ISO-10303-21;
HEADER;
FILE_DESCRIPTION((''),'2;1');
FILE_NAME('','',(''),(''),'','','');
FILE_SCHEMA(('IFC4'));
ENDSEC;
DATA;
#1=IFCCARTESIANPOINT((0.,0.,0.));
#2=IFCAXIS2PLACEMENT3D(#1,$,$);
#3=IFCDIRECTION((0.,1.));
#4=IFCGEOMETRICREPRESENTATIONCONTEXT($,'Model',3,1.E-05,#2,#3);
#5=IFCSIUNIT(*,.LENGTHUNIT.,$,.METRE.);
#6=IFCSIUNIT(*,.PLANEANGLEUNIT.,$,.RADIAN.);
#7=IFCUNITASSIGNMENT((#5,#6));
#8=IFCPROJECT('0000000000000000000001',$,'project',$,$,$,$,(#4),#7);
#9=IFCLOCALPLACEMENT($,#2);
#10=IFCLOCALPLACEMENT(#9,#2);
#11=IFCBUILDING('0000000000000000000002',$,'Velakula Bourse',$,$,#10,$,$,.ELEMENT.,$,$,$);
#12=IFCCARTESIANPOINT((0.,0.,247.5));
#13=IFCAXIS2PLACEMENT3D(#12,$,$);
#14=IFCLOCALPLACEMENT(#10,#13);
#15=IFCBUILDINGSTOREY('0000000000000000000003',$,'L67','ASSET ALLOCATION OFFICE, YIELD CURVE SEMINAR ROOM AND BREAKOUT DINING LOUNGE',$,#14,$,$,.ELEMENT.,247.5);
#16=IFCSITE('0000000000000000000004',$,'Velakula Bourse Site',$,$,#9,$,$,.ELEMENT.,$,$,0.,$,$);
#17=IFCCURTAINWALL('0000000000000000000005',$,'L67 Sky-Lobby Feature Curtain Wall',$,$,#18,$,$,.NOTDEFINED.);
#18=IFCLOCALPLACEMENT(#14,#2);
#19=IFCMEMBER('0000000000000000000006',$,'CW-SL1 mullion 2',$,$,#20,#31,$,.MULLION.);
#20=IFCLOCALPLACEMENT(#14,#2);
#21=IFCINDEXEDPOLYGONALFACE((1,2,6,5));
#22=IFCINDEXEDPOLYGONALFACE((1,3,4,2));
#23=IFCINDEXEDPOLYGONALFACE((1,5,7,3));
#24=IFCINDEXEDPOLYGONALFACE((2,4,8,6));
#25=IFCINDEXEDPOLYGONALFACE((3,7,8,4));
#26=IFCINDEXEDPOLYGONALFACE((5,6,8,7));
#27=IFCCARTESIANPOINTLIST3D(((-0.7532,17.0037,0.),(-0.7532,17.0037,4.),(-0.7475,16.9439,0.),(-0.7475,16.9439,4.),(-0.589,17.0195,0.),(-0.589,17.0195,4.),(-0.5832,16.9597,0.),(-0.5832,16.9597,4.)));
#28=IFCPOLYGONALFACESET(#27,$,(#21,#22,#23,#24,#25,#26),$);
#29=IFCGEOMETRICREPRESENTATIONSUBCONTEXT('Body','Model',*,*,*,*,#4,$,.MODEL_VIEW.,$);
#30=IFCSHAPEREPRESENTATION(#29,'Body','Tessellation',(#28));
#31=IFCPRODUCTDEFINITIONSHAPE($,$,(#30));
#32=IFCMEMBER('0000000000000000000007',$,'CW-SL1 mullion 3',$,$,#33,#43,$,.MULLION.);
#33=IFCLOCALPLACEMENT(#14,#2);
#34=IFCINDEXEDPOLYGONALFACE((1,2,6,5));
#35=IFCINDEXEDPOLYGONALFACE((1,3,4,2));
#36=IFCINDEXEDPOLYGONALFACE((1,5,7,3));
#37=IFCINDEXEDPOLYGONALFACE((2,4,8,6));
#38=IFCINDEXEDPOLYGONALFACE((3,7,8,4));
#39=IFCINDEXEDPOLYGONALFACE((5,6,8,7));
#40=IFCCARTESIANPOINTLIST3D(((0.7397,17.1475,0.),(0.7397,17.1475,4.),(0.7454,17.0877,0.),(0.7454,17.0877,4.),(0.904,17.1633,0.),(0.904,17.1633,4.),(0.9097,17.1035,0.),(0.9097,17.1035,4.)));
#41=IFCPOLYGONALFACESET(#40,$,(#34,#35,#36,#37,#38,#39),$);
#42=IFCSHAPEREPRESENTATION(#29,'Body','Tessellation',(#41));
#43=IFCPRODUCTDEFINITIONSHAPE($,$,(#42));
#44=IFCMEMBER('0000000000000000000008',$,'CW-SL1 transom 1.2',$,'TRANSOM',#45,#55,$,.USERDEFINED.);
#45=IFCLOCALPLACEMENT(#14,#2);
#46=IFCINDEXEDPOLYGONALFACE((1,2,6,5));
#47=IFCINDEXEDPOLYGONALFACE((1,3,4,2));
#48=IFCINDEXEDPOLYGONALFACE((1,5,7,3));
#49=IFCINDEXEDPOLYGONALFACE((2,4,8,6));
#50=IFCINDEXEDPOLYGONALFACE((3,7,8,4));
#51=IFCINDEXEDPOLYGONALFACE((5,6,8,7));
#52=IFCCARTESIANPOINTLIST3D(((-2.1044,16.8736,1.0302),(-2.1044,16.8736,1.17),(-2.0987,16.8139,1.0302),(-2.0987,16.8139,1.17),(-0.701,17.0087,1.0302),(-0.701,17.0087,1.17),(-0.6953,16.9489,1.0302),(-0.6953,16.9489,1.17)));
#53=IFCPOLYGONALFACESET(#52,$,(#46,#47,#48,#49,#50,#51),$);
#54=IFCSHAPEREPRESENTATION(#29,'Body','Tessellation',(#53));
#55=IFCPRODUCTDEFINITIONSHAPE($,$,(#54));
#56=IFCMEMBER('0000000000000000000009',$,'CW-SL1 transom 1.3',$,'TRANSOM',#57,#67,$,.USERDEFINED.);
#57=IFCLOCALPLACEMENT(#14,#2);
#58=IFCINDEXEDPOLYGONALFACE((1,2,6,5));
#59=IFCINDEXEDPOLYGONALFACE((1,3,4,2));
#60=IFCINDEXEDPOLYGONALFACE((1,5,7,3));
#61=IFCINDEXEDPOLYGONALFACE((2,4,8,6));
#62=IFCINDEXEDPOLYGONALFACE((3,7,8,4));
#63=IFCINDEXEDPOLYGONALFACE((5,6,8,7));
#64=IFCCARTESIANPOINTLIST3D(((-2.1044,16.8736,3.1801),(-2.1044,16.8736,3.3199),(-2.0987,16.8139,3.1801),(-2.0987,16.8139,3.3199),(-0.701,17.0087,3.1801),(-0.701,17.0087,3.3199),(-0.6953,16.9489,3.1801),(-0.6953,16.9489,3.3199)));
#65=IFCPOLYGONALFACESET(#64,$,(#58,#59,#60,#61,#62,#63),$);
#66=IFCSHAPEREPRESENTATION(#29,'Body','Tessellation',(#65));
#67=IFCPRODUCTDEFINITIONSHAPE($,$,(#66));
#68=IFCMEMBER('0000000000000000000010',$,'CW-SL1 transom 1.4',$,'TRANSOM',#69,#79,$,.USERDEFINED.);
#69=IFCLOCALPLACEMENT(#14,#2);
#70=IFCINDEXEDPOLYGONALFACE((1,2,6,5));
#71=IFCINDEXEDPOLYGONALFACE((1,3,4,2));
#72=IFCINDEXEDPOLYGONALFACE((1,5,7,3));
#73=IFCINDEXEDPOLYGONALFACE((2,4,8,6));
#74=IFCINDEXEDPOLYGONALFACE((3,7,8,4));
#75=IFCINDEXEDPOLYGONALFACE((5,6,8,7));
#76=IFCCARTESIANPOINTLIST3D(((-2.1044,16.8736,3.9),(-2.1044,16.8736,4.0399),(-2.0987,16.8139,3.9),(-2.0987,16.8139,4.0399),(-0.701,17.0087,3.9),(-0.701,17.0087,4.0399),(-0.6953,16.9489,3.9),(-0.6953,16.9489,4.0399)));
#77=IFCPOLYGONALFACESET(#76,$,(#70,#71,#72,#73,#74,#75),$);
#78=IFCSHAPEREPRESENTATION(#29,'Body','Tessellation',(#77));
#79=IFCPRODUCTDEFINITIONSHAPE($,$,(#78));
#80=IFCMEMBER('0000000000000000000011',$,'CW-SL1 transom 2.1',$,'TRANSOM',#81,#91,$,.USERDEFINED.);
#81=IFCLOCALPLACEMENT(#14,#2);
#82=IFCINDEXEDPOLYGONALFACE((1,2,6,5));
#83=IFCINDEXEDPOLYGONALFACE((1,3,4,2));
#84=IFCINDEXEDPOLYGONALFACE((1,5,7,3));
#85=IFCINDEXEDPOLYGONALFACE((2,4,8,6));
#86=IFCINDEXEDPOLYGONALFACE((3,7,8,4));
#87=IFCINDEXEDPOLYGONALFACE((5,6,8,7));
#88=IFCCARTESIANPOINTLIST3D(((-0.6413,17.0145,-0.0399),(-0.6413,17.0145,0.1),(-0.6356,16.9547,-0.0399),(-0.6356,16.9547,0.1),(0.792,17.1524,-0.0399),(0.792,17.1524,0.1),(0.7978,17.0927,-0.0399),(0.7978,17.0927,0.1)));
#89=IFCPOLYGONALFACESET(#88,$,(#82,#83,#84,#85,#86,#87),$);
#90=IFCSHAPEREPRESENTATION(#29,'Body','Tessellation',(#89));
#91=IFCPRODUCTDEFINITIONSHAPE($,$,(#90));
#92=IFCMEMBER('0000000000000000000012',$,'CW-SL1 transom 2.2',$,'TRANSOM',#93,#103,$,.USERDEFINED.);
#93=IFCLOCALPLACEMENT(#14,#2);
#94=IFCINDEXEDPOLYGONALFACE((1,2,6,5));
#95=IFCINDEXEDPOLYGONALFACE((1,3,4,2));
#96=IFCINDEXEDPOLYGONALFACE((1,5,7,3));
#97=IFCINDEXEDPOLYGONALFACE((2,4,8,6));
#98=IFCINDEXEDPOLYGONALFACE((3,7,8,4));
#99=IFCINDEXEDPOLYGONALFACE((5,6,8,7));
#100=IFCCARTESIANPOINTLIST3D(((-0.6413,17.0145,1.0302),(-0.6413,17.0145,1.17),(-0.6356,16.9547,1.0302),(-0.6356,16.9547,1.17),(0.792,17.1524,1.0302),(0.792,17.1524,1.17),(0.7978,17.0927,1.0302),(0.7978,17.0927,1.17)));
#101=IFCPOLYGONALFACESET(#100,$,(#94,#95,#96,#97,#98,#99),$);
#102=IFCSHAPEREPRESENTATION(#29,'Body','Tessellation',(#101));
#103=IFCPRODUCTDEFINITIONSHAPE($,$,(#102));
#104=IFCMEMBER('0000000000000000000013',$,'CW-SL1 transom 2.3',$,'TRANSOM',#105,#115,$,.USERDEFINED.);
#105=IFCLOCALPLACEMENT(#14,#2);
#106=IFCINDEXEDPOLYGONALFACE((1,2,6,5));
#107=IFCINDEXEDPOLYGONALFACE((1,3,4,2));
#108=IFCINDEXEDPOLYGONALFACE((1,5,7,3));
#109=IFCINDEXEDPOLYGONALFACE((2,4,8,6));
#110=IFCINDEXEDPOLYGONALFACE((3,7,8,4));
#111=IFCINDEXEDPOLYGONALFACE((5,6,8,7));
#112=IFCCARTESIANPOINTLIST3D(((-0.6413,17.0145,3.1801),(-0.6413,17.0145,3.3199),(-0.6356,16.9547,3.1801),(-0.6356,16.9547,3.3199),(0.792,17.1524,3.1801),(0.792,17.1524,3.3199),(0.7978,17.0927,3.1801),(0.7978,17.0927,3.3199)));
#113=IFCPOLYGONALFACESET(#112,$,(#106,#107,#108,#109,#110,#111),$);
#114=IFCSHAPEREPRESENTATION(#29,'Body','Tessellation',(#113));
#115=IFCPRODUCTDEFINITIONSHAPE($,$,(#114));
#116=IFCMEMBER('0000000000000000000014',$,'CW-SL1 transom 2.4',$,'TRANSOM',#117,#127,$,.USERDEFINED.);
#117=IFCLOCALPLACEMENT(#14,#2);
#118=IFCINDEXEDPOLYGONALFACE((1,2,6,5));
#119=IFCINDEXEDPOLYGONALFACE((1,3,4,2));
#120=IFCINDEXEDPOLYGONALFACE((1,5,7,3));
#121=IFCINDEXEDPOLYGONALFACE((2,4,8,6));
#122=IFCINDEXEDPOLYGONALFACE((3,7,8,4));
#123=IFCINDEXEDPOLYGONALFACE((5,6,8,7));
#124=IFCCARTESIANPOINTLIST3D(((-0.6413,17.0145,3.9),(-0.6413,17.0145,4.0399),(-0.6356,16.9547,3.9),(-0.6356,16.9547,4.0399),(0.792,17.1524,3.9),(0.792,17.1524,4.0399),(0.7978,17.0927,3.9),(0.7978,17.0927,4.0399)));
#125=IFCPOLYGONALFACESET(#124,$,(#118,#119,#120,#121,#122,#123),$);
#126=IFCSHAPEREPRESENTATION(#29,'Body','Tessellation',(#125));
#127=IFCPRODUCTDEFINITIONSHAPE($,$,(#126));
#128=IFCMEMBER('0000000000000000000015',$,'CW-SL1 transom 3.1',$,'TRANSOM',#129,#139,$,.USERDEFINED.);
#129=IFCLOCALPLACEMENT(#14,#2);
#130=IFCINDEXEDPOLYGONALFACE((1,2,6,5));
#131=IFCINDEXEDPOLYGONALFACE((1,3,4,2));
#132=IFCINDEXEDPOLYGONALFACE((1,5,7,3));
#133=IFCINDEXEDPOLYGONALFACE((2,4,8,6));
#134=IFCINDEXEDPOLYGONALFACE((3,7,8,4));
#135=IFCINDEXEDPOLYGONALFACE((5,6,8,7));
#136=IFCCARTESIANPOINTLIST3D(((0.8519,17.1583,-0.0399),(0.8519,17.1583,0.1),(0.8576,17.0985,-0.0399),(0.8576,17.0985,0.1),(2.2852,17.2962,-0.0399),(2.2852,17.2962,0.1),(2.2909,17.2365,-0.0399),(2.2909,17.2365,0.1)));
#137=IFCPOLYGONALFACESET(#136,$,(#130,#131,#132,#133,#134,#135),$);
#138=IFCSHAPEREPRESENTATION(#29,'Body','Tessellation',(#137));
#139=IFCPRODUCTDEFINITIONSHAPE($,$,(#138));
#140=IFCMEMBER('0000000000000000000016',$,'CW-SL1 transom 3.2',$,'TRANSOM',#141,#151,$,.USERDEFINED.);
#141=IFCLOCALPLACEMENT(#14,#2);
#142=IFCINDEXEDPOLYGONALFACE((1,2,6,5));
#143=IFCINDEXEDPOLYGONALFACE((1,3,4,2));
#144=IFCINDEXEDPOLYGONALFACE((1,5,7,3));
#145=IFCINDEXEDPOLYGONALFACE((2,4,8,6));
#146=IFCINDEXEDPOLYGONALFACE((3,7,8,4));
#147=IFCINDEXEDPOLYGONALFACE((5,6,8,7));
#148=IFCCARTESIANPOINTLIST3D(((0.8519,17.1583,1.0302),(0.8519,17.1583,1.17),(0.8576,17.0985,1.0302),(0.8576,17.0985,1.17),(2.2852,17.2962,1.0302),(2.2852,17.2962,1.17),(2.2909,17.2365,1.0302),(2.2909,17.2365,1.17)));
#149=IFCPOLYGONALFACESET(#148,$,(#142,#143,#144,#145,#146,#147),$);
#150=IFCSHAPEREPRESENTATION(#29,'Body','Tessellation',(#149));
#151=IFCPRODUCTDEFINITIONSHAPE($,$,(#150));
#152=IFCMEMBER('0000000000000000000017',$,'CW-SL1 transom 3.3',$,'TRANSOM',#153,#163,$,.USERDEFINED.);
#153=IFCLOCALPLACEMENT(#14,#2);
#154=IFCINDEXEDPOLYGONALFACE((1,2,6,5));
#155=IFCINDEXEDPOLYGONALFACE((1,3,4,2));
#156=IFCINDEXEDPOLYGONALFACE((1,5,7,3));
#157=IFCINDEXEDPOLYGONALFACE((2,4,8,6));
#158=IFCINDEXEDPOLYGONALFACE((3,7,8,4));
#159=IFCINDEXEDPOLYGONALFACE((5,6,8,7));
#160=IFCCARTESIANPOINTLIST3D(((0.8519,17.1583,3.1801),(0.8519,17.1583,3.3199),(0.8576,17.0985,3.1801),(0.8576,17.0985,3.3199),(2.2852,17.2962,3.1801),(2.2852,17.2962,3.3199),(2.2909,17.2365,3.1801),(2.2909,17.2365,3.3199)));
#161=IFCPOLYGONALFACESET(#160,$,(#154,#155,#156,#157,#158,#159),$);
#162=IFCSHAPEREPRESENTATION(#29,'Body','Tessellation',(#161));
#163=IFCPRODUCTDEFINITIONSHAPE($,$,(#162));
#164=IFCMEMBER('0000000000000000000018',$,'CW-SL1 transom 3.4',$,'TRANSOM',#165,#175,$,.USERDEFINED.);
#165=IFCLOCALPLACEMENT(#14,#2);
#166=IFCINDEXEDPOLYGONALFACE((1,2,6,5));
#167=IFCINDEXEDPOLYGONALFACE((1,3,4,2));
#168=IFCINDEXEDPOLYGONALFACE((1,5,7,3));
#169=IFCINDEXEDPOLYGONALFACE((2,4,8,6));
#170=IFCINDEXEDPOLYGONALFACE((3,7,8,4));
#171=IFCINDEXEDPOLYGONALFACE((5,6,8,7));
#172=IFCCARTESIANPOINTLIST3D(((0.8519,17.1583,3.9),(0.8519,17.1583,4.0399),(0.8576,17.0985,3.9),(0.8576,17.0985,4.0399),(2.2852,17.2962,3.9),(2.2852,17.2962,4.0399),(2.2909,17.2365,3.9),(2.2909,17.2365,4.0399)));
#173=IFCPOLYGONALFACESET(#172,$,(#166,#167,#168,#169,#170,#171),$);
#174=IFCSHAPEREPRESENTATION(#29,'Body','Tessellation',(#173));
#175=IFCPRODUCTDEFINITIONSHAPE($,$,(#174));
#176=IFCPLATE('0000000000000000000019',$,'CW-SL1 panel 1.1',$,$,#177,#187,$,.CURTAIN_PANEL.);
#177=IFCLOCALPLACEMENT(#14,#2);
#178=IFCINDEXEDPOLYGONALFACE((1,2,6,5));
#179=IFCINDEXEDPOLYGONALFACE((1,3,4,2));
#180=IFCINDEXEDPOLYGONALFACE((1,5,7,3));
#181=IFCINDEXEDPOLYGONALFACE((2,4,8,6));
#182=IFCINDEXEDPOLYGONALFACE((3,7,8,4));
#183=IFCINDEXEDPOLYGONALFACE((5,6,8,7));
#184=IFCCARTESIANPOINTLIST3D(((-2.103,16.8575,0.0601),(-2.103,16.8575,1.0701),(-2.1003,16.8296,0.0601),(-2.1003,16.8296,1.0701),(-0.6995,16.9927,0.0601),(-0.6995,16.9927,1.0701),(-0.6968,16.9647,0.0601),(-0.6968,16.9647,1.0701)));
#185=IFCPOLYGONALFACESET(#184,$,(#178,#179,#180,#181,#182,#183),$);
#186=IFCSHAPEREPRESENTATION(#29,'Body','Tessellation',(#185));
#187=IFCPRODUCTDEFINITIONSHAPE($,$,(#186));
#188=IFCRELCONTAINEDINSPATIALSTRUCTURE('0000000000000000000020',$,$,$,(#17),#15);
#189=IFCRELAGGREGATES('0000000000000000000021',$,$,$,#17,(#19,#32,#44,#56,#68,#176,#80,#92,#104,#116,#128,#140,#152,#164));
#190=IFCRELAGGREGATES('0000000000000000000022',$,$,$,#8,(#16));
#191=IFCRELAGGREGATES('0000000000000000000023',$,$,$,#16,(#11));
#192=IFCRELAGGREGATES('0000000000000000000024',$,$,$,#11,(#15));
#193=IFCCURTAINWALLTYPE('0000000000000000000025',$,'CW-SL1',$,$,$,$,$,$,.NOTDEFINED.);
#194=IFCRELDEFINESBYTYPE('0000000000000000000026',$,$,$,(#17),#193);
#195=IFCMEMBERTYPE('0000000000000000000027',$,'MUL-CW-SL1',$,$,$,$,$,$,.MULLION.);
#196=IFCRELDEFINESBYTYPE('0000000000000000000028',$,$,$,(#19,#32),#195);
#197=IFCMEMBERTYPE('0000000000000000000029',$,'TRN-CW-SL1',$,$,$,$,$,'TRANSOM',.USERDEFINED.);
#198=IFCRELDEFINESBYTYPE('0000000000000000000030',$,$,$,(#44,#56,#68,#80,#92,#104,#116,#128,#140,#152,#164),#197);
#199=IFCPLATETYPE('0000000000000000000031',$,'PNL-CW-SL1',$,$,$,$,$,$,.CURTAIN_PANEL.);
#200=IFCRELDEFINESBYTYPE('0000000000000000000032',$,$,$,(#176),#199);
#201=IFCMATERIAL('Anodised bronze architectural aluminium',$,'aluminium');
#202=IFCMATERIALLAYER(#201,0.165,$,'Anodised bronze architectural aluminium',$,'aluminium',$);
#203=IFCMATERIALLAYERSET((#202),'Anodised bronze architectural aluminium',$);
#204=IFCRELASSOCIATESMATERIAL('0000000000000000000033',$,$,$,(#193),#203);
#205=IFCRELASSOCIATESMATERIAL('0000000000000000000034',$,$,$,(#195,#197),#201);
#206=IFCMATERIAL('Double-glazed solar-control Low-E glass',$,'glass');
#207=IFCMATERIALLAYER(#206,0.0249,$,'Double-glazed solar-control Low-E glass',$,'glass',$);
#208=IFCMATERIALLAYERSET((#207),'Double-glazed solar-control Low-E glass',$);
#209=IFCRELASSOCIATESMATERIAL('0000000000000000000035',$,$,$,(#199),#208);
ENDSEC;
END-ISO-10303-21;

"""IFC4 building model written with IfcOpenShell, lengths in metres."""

from ifc_helpers import new_model, si_unit, direction, frame, origin, origin_2d, place, context, subcontext, project, spatial, rectangle, extrude, material, layer, layer_set, material_profile, profile_set, type_object, element, aggregate, save


model = new_model("IFC4")

# Units and contexts
model_context = context("Model", 3, precision=1e-05, world=origin(), true_north=direction((0.0, 1.0)))
body_context = subcontext(model_context, "Body", "Model", "MODEL_VIEW")
ifc_project = project(units=[si_unit("LENGTHUNIT", "METRE"), si_unit("PLANEANGLEUNIT", "RADIAN")], contexts=[model_context])

# Site, building, storey
site_placement = place(None, origin())
site = spatial("IfcSite", under=ifc_project, at=site_placement, Name="Velakula Bourse Site", CompositionType="ELEMENT", RefElevation=0.0)
building_placement = place(site_placement, origin())
building = spatial("IfcBuilding", under=site, at=building_placement, Name="Velakula Bourse", CompositionType="ELEMENT")
storey_placement = place(building_placement, frame((0.0, 0.0, 247.5)))
storey = spatial("IfcBuildingStorey", under=building, at=storey_placement, Name="L67", Description="ASSET ALLOCATION OFFICE, YIELD CURVE SEMINAR ROOM AND BREAKOUT DINING LOUNGE", CompositionType="ELEMENT", Elevation=247.5)

# Curtain wall, members, plate
ifc_material_1 = material(Name="Anodised bronze architectural aluminium", Category="aluminium")
ifc_layer_1 = layer(ifc_material_1, 0.165, Name="Anodised bronze architectural aluminium", Category="aluminium")
ifc_layer_set_1 = layer_set([ifc_layer_1], Name="Anodised bronze architectural aluminium")
curtain_wall_type = type_object("IfcCurtainWallType", Name="CW-SL1", PredefinedType="NOTDEFINED", material=ifc_layer_set_1)
curtain_wall_placement = place(storey_placement, origin())
curtain_wall = element("IfcCurtainWall", 1, at=curtain_wall_placement, inside=storey, type_object=curtain_wall_type, Name="L67 Sky-Lobby Feature Curtain Wall", PredefinedType="NOTDEFINED")
ifc_material_profile_1 = material_profile(ifc_material_1, rectangle(XDim=0.0601, YDim=0.165, at=origin_2d()), Name="Anodised bronze architectural aluminium")
ifc_profile_set_1 = profile_set([ifc_material_profile_1], Name="Anodised bronze architectural aluminium")
member_type_1 = type_object("IfcMemberType", Name="MUL-CW-SL1", PredefinedType="MULLION", material=ifc_profile_set_1)
member_1_placement = place(storey_placement, frame((-0.6682, 16.9817, 0.0), z_axis=(0.0, 0.0, 1.0), x_axis=(-0.095844, 0.995396, 0.0)))
member_1 = element("IfcMember", 2, at=member_1_placement, type_object=member_type_1, Name="CW-SL1 mullion 2", PredefinedType="MULLION", context=body_context, shape_type="SweptSolid", body=[
    extrude(rectangle(XDim=0.0601, YDim=0.165, at=origin_2d()), origin(), (0.0, 0.0, 1.0), 4.0),
])
member_2_placement = place(storey_placement, frame((0.8247, 17.1255, 0.0), z_axis=(0.0, 0.0, 1.0), x_axis=(-0.095844, 0.995396, 0.0)))
member_2 = element("IfcMember", 3, at=member_2_placement, type_object=member_type_1, Name="CW-SL1 mullion 3", PredefinedType="MULLION", context=body_context, shape_type="SweptSolid", body=[
    extrude(rectangle(XDim=0.0601, YDim=0.165, at=origin_2d()), origin(), (0.0, 0.0, 1.0), 4.0),
])
ifc_material_profile_2 = material_profile(ifc_material_1, rectangle(XDim=0.0601, YDim=0.1399, at=origin_2d()), Name="Anodised bronze architectural aluminium")
ifc_profile_set_2 = profile_set([ifc_material_profile_2], Name="Anodised bronze architectural aluminium")
member_type_2 = type_object("IfcMemberType", Name="TRN-CW-SL1", ElementType="TRANSOM", PredefinedType="USERDEFINED", material=ifc_profile_set_2)
member_3_placement = place(storey_placement, frame((-2.1016, 16.8438, 1.1001), z_axis=(0.995404, 0.095765, 0.0), x_axis=(-0.095765, 0.995404, 0.0)))
member_3 = element("IfcMember", 4, at=member_3_placement, type_object=member_type_2, Name="CW-SL1 transom 1.2", ObjectType="TRANSOM", PredefinedType="USERDEFINED", context=body_context, shape_type="SweptSolid", body=[
    extrude(rectangle(XDim=0.0601, YDim=0.1399, at=origin_2d()), origin(), (0.0, 0.0, 1.0), 1.4099),
])
member_4_placement = place(storey_placement, frame((-2.1016, 16.8438, 3.25), z_axis=(0.995404, 0.095765, 0.0), x_axis=(-0.095765, 0.995404, 0.0)))
member_4 = element("IfcMember", 5, at=member_4_placement, type_object=member_type_2, Name="CW-SL1 transom 1.3", ObjectType="TRANSOM", PredefinedType="USERDEFINED", context=body_context, shape_type="SweptSolid", body=[
    extrude(rectangle(XDim=0.0601, YDim=0.1399, at=origin_2d()), origin(), (0.0, 0.0, 1.0), 1.4099),
])
member_5_placement = place(storey_placement, frame((-2.1016, 16.8438, 3.97), z_axis=(0.995404, 0.095765, 0.0), x_axis=(-0.095765, 0.995404, 0.0)))
member_5 = element("IfcMember", 6, at=member_5_placement, type_object=member_type_2, Name="CW-SL1 transom 1.4", ObjectType="TRANSOM", PredefinedType="USERDEFINED", context=body_context, shape_type="SweptSolid", body=[
    extrude(rectangle(XDim=0.0601, YDim=0.1399, at=origin_2d()), origin(), (0.0, 0.0, 1.0), 1.4099),
])
member_6_placement = place(storey_placement, frame((-0.6384, 16.9846, 0.03), z_axis=(0.995401, 0.095793, 0.0), x_axis=(-0.095793, 0.995401, 0.0)))
member_6 = element("IfcMember", 7, at=member_6_placement, type_object=member_type_2, Name="CW-SL1 transom 2.1", ObjectType="TRANSOM", PredefinedType="USERDEFINED", context=body_context, shape_type="SweptSolid", body=[
    extrude(rectangle(XDim=0.0601, YDim=0.1399, at=origin_2d()), origin(), (0.0, 0.0, 1.0), 1.4399),
])
member_7_placement = place(storey_placement, frame((-0.6384, 16.9846, 1.1001), z_axis=(0.995401, 0.095793, 0.0), x_axis=(-0.095793, 0.995401, 0.0)))
member_7 = element("IfcMember", 8, at=member_7_placement, type_object=member_type_2, Name="CW-SL1 transom 2.2", ObjectType="TRANSOM", PredefinedType="USERDEFINED", context=body_context, shape_type="SweptSolid", body=[
    extrude(rectangle(XDim=0.0601, YDim=0.1399, at=origin_2d()), origin(), (0.0, 0.0, 1.0), 1.4399),
])
member_8_placement = place(storey_placement, frame((-0.6384, 16.9846, 3.25), z_axis=(0.995401, 0.095793, 0.0), x_axis=(-0.095793, 0.995401, 0.0)))
member_8 = element("IfcMember", 9, at=member_8_placement, type_object=member_type_2, Name="CW-SL1 transom 2.3", ObjectType="TRANSOM", PredefinedType="USERDEFINED", context=body_context, shape_type="SweptSolid", body=[
    extrude(rectangle(XDim=0.0601, YDim=0.1399, at=origin_2d()), origin(), (0.0, 0.0, 1.0), 1.4399),
])
member_9_placement = place(storey_placement, frame((-0.6384, 16.9846, 3.97), z_axis=(0.995401, 0.095793, 0.0), x_axis=(-0.095793, 0.995401, 0.0)))
member_9 = element("IfcMember", 10, at=member_9_placement, type_object=member_type_2, Name="CW-SL1 transom 2.4", ObjectType="TRANSOM", PredefinedType="USERDEFINED", context=body_context, shape_type="SweptSolid", body=[
    extrude(rectangle(XDim=0.0601, YDim=0.1399, at=origin_2d()), origin(), (0.0, 0.0, 1.0), 1.4399),
])
member_10_placement = place(storey_placement, frame((0.8547, 17.1284, 0.03), z_axis=(0.995401, 0.095793, 0.0), x_axis=(-0.095793, 0.995401, 0.0)))
member_10 = element("IfcMember", 11, at=member_10_placement, type_object=member_type_2, Name="CW-SL1 transom 3.1", ObjectType="TRANSOM", PredefinedType="USERDEFINED", context=body_context, shape_type="SweptSolid", body=[
    extrude(rectangle(XDim=0.0601, YDim=0.1399, at=origin_2d()), origin(), (0.0, 0.0, 1.0), 1.4399),
])
member_11_placement = place(storey_placement, frame((0.8547, 17.1284, 1.1001), z_axis=(0.995401, 0.095793, 0.0), x_axis=(-0.095793, 0.995401, 0.0)))
member_11 = element("IfcMember", 12, at=member_11_placement, type_object=member_type_2, Name="CW-SL1 transom 3.2", ObjectType="TRANSOM", PredefinedType="USERDEFINED", context=body_context, shape_type="SweptSolid", body=[
    extrude(rectangle(XDim=0.0601, YDim=0.1399, at=origin_2d()), origin(), (0.0, 0.0, 1.0), 1.4399),
])
member_12_placement = place(storey_placement, frame((0.8547, 17.1284, 3.25), z_axis=(0.995401, 0.095793, 0.0), x_axis=(-0.095793, 0.995401, 0.0)))
member_12 = element("IfcMember", 13, at=member_12_placement, type_object=member_type_2, Name="CW-SL1 transom 3.3", ObjectType="TRANSOM", PredefinedType="USERDEFINED", context=body_context, shape_type="SweptSolid", body=[
    extrude(rectangle(XDim=0.0601, YDim=0.1399, at=origin_2d()), origin(), (0.0, 0.0, 1.0), 1.4399),
])
member_13_placement = place(storey_placement, frame((0.8547, 17.1284, 3.97), z_axis=(0.995401, 0.095793, 0.0), x_axis=(-0.095793, 0.995401, 0.0)))
member_13 = element("IfcMember", 14, at=member_13_placement, type_object=member_type_2, Name="CW-SL1 transom 3.4", ObjectType="TRANSOM", PredefinedType="USERDEFINED", context=body_context, shape_type="SweptSolid", body=[
    extrude(rectangle(XDim=0.0601, YDim=0.1399, at=origin_2d()), origin(), (0.0, 0.0, 1.0), 1.4399),
])
ifc_material_2 = material(Name="Double-glazed solar-control Low-E glass", Category="glass")
ifc_layer_2 = layer(ifc_material_2, 0.0249, Name="Double-glazed solar-control Low-E glass", Category="glass")
ifc_layer_set_2 = layer_set([ifc_layer_2], Name="Double-glazed solar-control Low-E glass")
plate_type = type_object("IfcPlateType", Name="PNL-CW-SL1", PredefinedType="CURTAIN_PANEL", material=ifc_layer_set_2)
plate_1_placement = place(storey_placement, frame((-1.3999, 16.9111, 0.0601), z_axis=(0.0, 0.0, 1.0), x_axis=(0.995396, 0.095844, 0.0)))
plate_1 = element("IfcPlate", 15, at=plate_1_placement, type_object=plate_type, Name="CW-SL1 panel 1.1", PredefinedType="CURTAIN_PANEL", context=body_context, shape_type="SweptSolid", body=[
    extrude(rectangle(XDim=1.4099, YDim=0.0281, at=origin_2d()), origin(), (0.0, 0.0, 1.0), 1.01),
])
aggregate(curtain_wall, [member_1, member_2, member_3, member_4, member_5, plate_1, member_6, member_7, member_8, member_9, member_10, member_11, member_12, member_13])

save(model, "model.ifc")
